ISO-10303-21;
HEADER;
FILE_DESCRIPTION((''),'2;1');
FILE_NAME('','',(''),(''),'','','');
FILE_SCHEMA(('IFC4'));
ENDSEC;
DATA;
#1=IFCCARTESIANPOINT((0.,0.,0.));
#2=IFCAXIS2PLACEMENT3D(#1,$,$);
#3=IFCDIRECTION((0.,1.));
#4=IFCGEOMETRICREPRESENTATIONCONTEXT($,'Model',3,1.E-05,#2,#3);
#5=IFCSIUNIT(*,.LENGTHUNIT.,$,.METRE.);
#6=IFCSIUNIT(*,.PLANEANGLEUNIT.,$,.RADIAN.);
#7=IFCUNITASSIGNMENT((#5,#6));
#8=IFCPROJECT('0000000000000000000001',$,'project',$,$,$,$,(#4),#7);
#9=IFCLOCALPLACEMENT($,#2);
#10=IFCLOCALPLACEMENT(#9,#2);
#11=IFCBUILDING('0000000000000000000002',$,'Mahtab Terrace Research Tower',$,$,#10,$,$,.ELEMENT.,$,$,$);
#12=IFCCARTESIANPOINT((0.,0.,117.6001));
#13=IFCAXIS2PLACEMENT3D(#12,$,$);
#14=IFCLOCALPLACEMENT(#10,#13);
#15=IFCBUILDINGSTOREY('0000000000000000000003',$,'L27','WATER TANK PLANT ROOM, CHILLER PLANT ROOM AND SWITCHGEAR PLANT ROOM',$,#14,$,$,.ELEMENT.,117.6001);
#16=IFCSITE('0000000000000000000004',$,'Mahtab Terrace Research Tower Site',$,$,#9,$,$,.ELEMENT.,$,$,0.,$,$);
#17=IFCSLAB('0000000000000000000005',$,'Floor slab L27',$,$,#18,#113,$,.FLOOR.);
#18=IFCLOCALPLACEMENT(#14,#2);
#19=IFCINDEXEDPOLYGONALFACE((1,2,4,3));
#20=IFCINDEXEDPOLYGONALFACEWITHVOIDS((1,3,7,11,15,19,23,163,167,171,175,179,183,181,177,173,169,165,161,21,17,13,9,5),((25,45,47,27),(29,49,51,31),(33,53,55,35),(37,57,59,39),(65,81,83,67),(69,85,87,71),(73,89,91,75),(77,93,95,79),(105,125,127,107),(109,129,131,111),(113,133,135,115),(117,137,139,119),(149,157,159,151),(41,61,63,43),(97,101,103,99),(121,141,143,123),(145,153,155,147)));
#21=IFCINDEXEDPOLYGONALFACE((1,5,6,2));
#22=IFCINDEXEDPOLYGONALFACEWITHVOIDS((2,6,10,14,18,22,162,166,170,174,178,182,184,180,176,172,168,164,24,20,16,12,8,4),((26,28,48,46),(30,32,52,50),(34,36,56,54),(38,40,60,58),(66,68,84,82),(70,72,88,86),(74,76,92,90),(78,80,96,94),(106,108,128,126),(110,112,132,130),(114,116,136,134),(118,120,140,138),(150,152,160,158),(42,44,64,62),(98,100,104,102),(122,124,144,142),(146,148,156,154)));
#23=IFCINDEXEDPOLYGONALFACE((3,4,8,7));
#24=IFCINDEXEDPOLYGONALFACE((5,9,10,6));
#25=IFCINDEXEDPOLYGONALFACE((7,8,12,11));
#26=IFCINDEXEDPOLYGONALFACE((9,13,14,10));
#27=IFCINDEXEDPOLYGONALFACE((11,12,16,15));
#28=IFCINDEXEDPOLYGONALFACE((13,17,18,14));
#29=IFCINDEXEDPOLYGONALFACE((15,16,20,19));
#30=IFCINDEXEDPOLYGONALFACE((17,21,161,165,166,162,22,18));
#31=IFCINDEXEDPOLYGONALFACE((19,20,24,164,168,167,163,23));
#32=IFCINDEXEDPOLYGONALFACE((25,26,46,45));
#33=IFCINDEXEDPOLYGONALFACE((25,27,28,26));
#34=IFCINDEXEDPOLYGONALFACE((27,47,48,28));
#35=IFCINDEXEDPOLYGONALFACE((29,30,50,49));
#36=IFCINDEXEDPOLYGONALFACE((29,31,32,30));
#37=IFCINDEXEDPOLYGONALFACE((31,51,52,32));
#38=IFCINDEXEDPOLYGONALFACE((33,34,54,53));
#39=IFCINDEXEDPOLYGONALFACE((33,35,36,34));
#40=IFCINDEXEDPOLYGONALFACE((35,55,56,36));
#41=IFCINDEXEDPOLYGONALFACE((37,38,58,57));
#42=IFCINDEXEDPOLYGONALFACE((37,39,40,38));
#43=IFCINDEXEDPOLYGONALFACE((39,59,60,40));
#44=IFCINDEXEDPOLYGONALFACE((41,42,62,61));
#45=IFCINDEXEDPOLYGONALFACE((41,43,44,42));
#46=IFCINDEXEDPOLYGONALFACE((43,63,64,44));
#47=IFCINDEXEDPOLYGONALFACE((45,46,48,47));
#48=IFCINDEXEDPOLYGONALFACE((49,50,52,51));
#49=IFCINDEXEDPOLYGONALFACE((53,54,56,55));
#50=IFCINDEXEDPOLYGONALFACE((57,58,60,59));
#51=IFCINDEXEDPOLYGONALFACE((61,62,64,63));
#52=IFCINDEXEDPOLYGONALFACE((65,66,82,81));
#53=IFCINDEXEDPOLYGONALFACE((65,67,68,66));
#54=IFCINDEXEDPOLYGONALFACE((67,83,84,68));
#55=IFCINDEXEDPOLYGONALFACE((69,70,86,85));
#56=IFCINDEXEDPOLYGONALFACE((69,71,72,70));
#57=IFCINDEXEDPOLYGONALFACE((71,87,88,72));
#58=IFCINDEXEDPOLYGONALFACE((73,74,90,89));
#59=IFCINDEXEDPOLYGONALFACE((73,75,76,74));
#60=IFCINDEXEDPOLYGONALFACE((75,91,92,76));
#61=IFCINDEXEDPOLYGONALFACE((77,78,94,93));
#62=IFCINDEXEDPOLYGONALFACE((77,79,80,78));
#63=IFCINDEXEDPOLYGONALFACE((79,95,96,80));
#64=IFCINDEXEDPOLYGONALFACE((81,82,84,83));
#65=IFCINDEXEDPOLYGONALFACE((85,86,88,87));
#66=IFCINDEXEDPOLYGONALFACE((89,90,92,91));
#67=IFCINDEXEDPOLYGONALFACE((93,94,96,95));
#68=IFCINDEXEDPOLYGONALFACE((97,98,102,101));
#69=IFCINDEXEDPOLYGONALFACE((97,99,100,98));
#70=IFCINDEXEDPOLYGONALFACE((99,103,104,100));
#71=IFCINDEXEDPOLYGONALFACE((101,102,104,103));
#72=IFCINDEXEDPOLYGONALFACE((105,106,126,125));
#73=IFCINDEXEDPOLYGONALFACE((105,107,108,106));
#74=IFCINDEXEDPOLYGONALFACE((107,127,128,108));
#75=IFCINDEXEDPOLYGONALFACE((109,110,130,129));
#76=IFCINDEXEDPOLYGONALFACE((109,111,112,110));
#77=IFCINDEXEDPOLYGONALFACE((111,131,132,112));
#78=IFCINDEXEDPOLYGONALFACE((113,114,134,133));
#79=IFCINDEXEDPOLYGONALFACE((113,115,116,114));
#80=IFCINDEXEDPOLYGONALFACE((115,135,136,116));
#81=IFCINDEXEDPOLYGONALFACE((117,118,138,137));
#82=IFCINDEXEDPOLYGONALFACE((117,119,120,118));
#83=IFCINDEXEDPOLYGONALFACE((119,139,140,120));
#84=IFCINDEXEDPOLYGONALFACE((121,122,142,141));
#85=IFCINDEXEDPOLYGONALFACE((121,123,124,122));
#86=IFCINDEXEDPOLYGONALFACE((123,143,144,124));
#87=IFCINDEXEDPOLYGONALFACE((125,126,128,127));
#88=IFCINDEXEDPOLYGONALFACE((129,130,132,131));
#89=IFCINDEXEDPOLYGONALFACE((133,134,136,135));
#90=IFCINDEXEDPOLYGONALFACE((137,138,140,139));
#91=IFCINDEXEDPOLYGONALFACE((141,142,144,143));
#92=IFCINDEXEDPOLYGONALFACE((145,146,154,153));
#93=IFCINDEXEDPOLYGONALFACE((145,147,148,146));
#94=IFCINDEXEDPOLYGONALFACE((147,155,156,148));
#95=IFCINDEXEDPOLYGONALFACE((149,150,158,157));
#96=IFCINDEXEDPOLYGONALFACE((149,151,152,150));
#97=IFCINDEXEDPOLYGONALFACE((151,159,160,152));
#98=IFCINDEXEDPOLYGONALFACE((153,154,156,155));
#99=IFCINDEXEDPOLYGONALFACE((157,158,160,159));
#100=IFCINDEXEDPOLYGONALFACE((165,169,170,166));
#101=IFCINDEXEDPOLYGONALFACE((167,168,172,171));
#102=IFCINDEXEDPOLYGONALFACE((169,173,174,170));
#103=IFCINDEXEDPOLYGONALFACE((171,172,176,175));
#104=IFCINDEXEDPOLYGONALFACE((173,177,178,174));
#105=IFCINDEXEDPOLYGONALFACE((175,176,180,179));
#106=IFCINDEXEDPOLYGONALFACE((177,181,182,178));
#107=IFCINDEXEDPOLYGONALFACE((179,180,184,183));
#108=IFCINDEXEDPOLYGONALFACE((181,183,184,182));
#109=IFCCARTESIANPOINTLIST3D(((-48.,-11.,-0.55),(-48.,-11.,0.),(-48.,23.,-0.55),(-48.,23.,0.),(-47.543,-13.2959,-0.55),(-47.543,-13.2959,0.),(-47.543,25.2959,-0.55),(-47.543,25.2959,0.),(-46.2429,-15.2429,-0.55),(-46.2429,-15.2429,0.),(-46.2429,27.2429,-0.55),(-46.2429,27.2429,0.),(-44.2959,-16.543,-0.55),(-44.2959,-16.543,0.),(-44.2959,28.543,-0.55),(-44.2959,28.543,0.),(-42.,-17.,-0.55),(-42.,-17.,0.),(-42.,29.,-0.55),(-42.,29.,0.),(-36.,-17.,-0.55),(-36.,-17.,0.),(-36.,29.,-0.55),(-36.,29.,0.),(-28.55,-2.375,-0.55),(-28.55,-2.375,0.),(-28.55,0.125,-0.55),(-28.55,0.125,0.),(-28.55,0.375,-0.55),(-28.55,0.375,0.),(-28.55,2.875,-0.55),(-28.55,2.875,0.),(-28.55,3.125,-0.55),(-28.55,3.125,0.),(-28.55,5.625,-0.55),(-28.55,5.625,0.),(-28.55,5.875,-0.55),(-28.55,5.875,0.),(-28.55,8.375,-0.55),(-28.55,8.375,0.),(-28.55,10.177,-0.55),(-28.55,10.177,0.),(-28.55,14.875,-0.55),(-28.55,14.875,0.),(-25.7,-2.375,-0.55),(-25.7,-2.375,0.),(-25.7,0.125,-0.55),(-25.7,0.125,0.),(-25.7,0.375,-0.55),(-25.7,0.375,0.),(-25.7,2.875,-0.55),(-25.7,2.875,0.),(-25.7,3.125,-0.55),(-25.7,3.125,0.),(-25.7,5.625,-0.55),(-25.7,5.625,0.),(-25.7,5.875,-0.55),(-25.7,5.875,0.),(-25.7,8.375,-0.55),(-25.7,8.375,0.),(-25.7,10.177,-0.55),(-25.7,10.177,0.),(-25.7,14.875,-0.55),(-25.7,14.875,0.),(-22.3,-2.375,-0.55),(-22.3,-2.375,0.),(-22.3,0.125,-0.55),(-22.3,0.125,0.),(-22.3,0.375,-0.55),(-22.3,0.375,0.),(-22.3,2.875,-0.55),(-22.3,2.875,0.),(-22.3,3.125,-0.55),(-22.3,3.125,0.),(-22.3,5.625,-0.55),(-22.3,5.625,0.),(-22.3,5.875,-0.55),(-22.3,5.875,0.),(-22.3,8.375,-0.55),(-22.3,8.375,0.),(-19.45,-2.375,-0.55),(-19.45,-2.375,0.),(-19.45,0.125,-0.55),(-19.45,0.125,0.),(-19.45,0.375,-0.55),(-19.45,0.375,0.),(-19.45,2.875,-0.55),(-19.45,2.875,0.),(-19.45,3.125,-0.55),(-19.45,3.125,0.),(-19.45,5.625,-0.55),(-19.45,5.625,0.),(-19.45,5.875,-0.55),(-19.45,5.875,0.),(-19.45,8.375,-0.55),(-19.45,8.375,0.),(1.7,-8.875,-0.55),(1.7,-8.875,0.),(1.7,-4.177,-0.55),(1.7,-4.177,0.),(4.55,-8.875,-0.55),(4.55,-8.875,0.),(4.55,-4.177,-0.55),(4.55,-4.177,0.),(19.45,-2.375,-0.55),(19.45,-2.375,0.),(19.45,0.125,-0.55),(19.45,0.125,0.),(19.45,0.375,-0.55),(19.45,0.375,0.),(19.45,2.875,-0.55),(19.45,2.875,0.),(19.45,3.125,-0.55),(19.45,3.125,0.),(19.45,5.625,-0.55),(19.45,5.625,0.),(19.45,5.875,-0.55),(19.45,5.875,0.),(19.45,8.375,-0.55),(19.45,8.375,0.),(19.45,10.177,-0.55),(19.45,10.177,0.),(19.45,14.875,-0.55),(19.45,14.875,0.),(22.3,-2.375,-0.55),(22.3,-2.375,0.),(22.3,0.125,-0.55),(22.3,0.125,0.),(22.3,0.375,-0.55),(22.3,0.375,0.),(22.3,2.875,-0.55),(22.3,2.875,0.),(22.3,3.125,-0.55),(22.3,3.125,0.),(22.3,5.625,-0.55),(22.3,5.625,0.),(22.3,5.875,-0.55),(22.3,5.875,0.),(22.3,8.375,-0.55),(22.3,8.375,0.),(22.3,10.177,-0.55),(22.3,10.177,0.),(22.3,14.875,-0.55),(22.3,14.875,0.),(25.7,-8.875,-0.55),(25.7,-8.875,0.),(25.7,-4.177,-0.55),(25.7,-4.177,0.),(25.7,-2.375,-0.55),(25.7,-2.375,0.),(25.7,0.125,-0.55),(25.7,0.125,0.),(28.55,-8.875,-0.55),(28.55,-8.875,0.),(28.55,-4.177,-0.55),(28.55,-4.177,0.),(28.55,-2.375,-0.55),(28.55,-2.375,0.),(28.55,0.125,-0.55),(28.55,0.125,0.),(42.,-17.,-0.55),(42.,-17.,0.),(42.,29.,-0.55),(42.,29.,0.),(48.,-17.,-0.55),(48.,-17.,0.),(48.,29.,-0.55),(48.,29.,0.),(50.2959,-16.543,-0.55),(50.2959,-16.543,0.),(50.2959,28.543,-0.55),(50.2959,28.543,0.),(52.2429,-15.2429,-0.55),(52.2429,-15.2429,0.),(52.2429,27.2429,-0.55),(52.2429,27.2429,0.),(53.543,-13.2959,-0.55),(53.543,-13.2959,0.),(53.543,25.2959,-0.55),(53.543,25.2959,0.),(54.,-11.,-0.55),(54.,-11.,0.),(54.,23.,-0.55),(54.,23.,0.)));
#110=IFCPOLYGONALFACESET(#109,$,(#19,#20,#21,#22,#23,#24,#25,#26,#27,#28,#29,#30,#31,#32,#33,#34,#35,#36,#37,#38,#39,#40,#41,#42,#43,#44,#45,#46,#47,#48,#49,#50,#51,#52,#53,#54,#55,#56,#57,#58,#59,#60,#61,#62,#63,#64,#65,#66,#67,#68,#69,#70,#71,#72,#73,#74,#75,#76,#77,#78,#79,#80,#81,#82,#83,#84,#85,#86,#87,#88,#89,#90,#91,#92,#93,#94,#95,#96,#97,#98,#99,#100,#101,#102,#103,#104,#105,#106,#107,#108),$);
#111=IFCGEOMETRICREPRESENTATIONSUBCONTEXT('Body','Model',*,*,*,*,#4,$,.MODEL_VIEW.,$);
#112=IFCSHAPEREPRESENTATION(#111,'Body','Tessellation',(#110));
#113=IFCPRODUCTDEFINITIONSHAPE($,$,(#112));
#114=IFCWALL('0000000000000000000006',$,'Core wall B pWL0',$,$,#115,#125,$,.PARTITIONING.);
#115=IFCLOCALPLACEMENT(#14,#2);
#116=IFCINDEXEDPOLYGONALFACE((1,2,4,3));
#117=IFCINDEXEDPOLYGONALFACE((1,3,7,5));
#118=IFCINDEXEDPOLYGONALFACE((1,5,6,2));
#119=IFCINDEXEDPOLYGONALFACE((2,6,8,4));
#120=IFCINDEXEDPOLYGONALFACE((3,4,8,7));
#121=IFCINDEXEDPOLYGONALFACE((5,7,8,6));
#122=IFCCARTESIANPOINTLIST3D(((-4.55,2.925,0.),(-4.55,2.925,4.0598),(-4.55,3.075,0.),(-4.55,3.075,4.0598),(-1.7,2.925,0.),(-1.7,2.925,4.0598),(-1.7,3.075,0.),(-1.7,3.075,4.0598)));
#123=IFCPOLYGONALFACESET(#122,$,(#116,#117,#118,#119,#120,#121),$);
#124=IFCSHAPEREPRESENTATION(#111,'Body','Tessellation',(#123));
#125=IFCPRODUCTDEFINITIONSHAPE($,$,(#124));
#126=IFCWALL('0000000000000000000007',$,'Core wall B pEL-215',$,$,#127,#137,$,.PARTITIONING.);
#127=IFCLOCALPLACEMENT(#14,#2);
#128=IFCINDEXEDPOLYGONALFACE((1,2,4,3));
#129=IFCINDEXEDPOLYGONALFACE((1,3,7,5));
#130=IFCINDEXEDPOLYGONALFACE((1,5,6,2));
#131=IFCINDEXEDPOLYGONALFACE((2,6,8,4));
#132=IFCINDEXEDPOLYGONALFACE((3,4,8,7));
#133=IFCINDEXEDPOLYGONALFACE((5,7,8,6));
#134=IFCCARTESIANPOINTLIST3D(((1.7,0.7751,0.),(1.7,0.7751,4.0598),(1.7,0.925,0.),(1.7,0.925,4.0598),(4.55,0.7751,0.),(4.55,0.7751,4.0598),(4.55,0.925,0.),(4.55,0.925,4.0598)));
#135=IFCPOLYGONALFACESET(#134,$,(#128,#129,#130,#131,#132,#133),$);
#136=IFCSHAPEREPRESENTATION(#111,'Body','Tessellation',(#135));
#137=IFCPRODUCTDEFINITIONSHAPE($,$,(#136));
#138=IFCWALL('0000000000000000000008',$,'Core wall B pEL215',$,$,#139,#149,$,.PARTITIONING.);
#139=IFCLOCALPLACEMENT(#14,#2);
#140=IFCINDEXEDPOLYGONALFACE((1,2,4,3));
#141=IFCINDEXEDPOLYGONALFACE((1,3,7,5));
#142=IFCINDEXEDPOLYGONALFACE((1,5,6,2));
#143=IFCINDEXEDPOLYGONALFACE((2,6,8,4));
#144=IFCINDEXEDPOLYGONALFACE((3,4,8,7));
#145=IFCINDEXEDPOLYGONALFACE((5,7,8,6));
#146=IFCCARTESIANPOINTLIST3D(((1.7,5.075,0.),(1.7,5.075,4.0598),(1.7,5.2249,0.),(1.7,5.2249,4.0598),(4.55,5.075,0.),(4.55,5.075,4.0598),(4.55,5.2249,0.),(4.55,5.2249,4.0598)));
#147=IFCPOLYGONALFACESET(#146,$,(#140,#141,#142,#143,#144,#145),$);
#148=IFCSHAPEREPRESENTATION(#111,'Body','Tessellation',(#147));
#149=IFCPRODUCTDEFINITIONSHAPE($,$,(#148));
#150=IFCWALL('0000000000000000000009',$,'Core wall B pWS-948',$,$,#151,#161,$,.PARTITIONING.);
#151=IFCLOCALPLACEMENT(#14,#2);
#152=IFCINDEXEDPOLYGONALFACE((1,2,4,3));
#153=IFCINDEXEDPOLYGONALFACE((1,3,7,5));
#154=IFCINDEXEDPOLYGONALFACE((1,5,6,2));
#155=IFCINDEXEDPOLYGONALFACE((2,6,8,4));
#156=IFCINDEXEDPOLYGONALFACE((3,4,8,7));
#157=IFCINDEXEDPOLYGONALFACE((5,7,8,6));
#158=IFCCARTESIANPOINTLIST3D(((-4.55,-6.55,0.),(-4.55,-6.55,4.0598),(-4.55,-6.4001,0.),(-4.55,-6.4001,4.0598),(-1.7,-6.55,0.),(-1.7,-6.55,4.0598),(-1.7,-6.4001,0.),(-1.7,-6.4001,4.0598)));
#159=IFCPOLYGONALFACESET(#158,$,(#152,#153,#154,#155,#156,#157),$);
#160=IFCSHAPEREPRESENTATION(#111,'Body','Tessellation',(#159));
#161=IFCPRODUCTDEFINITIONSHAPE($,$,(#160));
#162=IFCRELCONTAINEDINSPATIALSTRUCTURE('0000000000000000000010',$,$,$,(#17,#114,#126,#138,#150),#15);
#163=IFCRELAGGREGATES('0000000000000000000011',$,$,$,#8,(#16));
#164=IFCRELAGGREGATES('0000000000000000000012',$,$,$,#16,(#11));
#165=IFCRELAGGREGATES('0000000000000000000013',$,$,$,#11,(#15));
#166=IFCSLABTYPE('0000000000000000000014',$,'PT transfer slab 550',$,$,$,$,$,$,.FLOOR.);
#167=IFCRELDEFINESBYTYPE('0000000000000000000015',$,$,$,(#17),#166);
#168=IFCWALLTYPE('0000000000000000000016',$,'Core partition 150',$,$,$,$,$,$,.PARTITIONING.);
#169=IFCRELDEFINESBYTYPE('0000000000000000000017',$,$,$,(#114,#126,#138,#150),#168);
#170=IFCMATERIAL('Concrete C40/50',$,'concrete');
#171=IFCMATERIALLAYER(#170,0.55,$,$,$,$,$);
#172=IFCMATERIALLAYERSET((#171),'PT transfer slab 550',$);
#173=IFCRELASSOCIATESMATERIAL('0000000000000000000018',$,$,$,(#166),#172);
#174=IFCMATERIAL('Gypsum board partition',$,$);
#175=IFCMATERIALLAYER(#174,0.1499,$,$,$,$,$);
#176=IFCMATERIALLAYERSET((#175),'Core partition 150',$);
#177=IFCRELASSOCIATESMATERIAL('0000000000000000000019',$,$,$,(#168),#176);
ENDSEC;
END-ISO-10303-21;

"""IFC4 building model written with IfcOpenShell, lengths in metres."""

from ifc_helpers import new_model, si_unit, direction, frame, frame_2d, origin, place, context, subcontext, project, spatial, polyline, rectangle, outline, extrude, material, layer, layer_set, type_object, element, save


model = new_model("IFC4")

# Units and contexts
model_context = context("Model", 3, precision=1e-05, world=origin(), true_north=direction((0.0, 1.0)))
body_context = subcontext(model_context, "Body", "Model", "MODEL_VIEW")
ifc_project = project(units=[si_unit("LENGTHUNIT", "METRE"), si_unit("PLANEANGLEUNIT", "RADIAN")], contexts=[model_context])

# Site, building, storey
site_placement = place(None, origin())
site = spatial("IfcSite", under=ifc_project, at=site_placement, Name="Mahtab Terrace Research Tower Site", CompositionType="ELEMENT", RefElevation=0.0)
building_placement = place(site_placement, origin())
building = spatial("IfcBuilding", under=site, at=building_placement, Name="Mahtab Terrace Research Tower", CompositionType="ELEMENT")
storey_placement = place(building_placement, frame((0.0, 0.0, 117.6001)))
storey = spatial("IfcBuildingStorey", under=building, at=storey_placement, Name="L27", Description="WATER TANK PLANT ROOM, CHILLER PLANT ROOM AND SWITCHGEAR PLANT ROOM", CompositionType="ELEMENT", Elevation=117.6001)

# Shared definitions
ifc_material_1 = material(Name="Concrete C40/50", Category="concrete")

# Slab
ifc_layer_1 = layer(ifc_material_1, 0.55)
ifc_layer_set_1 = layer_set([ifc_layer_1], Name="PT transfer slab 550")
slab_type_1 = type_object("IfcSlabType", Name="PT transfer slab 550", PredefinedType="FLOOR", material=ifc_layer_set_1)
slab_1_placement = place(storey_placement, frame((0.0, 0.0, -0.55)))
element("IfcSlab", 1, at=slab_1_placement, inside=storey, type_object=slab_type_1, Name="Floor slab L27", PredefinedType="FLOOR", context=body_context, shape_type="SweptSolid", body=[
    extrude(outline(polyline([(42.0, -17.0), (48.0, -17.0), (50.2959, -16.543), (52.2429, -15.2429), (53.543, -13.2959), (54.0, -11.0), (54.0, 23.0), (53.543, 25.2959), (52.2429, 27.2429), (50.2959, 28.543), (48.0, 29.0), (42.0, 29.0), (-36.0, 29.0), (-42.0, 29.0), (-44.2959, 28.543), (-46.2429, 27.2429), (-47.543, 25.2959), (-48.0, 23.0), (-48.0, -11.0), (-47.543, -13.2959), (-46.2429, -15.2429), (-44.2959, -16.543), (-42.0, -17.0), (-36.0, -17.0), (42.0, -17.0)]), holes=[polyline([(-28.55, -2.375), (-28.55, 0.125), (-25.7, 0.125), (-25.7, -2.375), (-28.55, -2.375)]), polyline([(-22.3, -2.375), (-22.3, 0.125), (-19.45, 0.125), (-19.45, -2.375), (-22.3, -2.375)]), polyline([(-28.55, 0.375), (-28.55, 2.875), (-25.7, 2.875), (-25.7, 0.375), (-28.55, 0.375)]), polyline([(-22.3, 0.375), (-22.3, 2.875), (-19.45, 2.875), (-19.45, 0.375), (-22.3, 0.375)]), polyline([(-28.55, 3.125), (-28.55, 5.625), (-25.7, 5.625), (-25.7, 3.125), (-28.55, 3.125)]), polyline([(-22.3, 3.125), (-22.3, 5.625), (-19.45, 5.625), (-19.45, 3.125), (-22.3, 3.125)]), polyline([(-28.55, 5.875), (-28.55, 8.375), (-25.7, 8.375), (-25.7, 5.875), (-28.55, 5.875)]), polyline([(-22.3, 5.875), (-22.3, 8.375), (-19.45, 8.375), (-19.45, 5.875), (-22.3, 5.875)]), polyline([(-28.55, 10.177), (-28.55, 14.875), (-25.7, 14.875), (-25.7, 10.177), (-28.55, 10.177)]), polyline([(1.7, -8.875), (1.7, -4.177), (4.55, -4.177), (4.55, -8.875), (1.7, -8.875)]), polyline([(25.7, -8.875), (25.7, -4.177), (28.55, -4.177), (28.55, -8.875), (25.7, -8.875)]), polyline([(19.45, -2.375), (19.45, 0.125), (22.3, 0.125), (22.3, -2.375), (19.45, -2.375)]), polyline([(25.7, -2.375), (25.7, 0.125), (28.55, 0.125), (28.55, -2.375), (25.7, -2.375)]), polyline([(19.45, 0.375), (19.45, 2.875), (22.3, 2.875), (22.3, 0.375), (19.45, 0.375)]), polyline([(19.45, 3.125), (19.45, 5.625), (22.3, 5.625), (22.3, 3.125), (19.45, 3.125)]), polyline([(19.45, 8.375), (22.3, 8.375), (22.3, 5.875), (19.45, 5.875), (19.45, 8.375)]), polyline([(19.45, 14.875), (22.3, 14.875), (22.3, 10.177), (19.45, 10.177), (19.45, 14.875)])]), origin(), (0.0, 0.0, 1.0), 0.55),
])

# Walls
ifc_material_2 = material(Name="Gypsum board partition")
ifc_layer_2 = layer(ifc_material_2, 0.1499)
ifc_layer_set_2 = layer_set([ifc_layer_2], Name="Core partition 150")
wall_type_1 = type_object("IfcWallType", Name="Core partition 150", PredefinedType="PARTITIONING", material=ifc_layer_set_2)
for number, where, z_axis, x_axis, name in (
    (2, (-4.55, 3.0, 0.0), (0.0, 0.0, 1.0), (1.0, 0.0, 0.0), "Core wall B pWL0"),
    (3, (1.7, 0.8501, 0.0), (0.0, 0.0, 1.0), (1.0, 0.0, 0.0), "Core wall B pEL-215"),
    (4, (1.7, 5.1499, 0.0), (0.0, 0.0, 1.0), (1.0, 0.0, 0.0), "Core wall B pEL215"),
    (5, (-4.55, -6.4751, 0.0), (0.0, 0.0, 1.0), (1.0, 0.0, 0.0), "Core wall B pWS-948"),
):
    element("IfcWall", number, at=place(storey_placement, frame(where, z_axis=z_axis, x_axis=x_axis)), inside=storey, type_object=wall_type_1, Name=name, PredefinedType="PARTITIONING", context=body_context, shape_type="SweptSolid", body=[
        extrude(rectangle(XDim=2.8501, YDim=0.1499, at=frame_2d((1.425, 0.0))), origin(), (0.0, 0.0, 1.0), 4.0598),
    ])

save(model, "model.ifc")
